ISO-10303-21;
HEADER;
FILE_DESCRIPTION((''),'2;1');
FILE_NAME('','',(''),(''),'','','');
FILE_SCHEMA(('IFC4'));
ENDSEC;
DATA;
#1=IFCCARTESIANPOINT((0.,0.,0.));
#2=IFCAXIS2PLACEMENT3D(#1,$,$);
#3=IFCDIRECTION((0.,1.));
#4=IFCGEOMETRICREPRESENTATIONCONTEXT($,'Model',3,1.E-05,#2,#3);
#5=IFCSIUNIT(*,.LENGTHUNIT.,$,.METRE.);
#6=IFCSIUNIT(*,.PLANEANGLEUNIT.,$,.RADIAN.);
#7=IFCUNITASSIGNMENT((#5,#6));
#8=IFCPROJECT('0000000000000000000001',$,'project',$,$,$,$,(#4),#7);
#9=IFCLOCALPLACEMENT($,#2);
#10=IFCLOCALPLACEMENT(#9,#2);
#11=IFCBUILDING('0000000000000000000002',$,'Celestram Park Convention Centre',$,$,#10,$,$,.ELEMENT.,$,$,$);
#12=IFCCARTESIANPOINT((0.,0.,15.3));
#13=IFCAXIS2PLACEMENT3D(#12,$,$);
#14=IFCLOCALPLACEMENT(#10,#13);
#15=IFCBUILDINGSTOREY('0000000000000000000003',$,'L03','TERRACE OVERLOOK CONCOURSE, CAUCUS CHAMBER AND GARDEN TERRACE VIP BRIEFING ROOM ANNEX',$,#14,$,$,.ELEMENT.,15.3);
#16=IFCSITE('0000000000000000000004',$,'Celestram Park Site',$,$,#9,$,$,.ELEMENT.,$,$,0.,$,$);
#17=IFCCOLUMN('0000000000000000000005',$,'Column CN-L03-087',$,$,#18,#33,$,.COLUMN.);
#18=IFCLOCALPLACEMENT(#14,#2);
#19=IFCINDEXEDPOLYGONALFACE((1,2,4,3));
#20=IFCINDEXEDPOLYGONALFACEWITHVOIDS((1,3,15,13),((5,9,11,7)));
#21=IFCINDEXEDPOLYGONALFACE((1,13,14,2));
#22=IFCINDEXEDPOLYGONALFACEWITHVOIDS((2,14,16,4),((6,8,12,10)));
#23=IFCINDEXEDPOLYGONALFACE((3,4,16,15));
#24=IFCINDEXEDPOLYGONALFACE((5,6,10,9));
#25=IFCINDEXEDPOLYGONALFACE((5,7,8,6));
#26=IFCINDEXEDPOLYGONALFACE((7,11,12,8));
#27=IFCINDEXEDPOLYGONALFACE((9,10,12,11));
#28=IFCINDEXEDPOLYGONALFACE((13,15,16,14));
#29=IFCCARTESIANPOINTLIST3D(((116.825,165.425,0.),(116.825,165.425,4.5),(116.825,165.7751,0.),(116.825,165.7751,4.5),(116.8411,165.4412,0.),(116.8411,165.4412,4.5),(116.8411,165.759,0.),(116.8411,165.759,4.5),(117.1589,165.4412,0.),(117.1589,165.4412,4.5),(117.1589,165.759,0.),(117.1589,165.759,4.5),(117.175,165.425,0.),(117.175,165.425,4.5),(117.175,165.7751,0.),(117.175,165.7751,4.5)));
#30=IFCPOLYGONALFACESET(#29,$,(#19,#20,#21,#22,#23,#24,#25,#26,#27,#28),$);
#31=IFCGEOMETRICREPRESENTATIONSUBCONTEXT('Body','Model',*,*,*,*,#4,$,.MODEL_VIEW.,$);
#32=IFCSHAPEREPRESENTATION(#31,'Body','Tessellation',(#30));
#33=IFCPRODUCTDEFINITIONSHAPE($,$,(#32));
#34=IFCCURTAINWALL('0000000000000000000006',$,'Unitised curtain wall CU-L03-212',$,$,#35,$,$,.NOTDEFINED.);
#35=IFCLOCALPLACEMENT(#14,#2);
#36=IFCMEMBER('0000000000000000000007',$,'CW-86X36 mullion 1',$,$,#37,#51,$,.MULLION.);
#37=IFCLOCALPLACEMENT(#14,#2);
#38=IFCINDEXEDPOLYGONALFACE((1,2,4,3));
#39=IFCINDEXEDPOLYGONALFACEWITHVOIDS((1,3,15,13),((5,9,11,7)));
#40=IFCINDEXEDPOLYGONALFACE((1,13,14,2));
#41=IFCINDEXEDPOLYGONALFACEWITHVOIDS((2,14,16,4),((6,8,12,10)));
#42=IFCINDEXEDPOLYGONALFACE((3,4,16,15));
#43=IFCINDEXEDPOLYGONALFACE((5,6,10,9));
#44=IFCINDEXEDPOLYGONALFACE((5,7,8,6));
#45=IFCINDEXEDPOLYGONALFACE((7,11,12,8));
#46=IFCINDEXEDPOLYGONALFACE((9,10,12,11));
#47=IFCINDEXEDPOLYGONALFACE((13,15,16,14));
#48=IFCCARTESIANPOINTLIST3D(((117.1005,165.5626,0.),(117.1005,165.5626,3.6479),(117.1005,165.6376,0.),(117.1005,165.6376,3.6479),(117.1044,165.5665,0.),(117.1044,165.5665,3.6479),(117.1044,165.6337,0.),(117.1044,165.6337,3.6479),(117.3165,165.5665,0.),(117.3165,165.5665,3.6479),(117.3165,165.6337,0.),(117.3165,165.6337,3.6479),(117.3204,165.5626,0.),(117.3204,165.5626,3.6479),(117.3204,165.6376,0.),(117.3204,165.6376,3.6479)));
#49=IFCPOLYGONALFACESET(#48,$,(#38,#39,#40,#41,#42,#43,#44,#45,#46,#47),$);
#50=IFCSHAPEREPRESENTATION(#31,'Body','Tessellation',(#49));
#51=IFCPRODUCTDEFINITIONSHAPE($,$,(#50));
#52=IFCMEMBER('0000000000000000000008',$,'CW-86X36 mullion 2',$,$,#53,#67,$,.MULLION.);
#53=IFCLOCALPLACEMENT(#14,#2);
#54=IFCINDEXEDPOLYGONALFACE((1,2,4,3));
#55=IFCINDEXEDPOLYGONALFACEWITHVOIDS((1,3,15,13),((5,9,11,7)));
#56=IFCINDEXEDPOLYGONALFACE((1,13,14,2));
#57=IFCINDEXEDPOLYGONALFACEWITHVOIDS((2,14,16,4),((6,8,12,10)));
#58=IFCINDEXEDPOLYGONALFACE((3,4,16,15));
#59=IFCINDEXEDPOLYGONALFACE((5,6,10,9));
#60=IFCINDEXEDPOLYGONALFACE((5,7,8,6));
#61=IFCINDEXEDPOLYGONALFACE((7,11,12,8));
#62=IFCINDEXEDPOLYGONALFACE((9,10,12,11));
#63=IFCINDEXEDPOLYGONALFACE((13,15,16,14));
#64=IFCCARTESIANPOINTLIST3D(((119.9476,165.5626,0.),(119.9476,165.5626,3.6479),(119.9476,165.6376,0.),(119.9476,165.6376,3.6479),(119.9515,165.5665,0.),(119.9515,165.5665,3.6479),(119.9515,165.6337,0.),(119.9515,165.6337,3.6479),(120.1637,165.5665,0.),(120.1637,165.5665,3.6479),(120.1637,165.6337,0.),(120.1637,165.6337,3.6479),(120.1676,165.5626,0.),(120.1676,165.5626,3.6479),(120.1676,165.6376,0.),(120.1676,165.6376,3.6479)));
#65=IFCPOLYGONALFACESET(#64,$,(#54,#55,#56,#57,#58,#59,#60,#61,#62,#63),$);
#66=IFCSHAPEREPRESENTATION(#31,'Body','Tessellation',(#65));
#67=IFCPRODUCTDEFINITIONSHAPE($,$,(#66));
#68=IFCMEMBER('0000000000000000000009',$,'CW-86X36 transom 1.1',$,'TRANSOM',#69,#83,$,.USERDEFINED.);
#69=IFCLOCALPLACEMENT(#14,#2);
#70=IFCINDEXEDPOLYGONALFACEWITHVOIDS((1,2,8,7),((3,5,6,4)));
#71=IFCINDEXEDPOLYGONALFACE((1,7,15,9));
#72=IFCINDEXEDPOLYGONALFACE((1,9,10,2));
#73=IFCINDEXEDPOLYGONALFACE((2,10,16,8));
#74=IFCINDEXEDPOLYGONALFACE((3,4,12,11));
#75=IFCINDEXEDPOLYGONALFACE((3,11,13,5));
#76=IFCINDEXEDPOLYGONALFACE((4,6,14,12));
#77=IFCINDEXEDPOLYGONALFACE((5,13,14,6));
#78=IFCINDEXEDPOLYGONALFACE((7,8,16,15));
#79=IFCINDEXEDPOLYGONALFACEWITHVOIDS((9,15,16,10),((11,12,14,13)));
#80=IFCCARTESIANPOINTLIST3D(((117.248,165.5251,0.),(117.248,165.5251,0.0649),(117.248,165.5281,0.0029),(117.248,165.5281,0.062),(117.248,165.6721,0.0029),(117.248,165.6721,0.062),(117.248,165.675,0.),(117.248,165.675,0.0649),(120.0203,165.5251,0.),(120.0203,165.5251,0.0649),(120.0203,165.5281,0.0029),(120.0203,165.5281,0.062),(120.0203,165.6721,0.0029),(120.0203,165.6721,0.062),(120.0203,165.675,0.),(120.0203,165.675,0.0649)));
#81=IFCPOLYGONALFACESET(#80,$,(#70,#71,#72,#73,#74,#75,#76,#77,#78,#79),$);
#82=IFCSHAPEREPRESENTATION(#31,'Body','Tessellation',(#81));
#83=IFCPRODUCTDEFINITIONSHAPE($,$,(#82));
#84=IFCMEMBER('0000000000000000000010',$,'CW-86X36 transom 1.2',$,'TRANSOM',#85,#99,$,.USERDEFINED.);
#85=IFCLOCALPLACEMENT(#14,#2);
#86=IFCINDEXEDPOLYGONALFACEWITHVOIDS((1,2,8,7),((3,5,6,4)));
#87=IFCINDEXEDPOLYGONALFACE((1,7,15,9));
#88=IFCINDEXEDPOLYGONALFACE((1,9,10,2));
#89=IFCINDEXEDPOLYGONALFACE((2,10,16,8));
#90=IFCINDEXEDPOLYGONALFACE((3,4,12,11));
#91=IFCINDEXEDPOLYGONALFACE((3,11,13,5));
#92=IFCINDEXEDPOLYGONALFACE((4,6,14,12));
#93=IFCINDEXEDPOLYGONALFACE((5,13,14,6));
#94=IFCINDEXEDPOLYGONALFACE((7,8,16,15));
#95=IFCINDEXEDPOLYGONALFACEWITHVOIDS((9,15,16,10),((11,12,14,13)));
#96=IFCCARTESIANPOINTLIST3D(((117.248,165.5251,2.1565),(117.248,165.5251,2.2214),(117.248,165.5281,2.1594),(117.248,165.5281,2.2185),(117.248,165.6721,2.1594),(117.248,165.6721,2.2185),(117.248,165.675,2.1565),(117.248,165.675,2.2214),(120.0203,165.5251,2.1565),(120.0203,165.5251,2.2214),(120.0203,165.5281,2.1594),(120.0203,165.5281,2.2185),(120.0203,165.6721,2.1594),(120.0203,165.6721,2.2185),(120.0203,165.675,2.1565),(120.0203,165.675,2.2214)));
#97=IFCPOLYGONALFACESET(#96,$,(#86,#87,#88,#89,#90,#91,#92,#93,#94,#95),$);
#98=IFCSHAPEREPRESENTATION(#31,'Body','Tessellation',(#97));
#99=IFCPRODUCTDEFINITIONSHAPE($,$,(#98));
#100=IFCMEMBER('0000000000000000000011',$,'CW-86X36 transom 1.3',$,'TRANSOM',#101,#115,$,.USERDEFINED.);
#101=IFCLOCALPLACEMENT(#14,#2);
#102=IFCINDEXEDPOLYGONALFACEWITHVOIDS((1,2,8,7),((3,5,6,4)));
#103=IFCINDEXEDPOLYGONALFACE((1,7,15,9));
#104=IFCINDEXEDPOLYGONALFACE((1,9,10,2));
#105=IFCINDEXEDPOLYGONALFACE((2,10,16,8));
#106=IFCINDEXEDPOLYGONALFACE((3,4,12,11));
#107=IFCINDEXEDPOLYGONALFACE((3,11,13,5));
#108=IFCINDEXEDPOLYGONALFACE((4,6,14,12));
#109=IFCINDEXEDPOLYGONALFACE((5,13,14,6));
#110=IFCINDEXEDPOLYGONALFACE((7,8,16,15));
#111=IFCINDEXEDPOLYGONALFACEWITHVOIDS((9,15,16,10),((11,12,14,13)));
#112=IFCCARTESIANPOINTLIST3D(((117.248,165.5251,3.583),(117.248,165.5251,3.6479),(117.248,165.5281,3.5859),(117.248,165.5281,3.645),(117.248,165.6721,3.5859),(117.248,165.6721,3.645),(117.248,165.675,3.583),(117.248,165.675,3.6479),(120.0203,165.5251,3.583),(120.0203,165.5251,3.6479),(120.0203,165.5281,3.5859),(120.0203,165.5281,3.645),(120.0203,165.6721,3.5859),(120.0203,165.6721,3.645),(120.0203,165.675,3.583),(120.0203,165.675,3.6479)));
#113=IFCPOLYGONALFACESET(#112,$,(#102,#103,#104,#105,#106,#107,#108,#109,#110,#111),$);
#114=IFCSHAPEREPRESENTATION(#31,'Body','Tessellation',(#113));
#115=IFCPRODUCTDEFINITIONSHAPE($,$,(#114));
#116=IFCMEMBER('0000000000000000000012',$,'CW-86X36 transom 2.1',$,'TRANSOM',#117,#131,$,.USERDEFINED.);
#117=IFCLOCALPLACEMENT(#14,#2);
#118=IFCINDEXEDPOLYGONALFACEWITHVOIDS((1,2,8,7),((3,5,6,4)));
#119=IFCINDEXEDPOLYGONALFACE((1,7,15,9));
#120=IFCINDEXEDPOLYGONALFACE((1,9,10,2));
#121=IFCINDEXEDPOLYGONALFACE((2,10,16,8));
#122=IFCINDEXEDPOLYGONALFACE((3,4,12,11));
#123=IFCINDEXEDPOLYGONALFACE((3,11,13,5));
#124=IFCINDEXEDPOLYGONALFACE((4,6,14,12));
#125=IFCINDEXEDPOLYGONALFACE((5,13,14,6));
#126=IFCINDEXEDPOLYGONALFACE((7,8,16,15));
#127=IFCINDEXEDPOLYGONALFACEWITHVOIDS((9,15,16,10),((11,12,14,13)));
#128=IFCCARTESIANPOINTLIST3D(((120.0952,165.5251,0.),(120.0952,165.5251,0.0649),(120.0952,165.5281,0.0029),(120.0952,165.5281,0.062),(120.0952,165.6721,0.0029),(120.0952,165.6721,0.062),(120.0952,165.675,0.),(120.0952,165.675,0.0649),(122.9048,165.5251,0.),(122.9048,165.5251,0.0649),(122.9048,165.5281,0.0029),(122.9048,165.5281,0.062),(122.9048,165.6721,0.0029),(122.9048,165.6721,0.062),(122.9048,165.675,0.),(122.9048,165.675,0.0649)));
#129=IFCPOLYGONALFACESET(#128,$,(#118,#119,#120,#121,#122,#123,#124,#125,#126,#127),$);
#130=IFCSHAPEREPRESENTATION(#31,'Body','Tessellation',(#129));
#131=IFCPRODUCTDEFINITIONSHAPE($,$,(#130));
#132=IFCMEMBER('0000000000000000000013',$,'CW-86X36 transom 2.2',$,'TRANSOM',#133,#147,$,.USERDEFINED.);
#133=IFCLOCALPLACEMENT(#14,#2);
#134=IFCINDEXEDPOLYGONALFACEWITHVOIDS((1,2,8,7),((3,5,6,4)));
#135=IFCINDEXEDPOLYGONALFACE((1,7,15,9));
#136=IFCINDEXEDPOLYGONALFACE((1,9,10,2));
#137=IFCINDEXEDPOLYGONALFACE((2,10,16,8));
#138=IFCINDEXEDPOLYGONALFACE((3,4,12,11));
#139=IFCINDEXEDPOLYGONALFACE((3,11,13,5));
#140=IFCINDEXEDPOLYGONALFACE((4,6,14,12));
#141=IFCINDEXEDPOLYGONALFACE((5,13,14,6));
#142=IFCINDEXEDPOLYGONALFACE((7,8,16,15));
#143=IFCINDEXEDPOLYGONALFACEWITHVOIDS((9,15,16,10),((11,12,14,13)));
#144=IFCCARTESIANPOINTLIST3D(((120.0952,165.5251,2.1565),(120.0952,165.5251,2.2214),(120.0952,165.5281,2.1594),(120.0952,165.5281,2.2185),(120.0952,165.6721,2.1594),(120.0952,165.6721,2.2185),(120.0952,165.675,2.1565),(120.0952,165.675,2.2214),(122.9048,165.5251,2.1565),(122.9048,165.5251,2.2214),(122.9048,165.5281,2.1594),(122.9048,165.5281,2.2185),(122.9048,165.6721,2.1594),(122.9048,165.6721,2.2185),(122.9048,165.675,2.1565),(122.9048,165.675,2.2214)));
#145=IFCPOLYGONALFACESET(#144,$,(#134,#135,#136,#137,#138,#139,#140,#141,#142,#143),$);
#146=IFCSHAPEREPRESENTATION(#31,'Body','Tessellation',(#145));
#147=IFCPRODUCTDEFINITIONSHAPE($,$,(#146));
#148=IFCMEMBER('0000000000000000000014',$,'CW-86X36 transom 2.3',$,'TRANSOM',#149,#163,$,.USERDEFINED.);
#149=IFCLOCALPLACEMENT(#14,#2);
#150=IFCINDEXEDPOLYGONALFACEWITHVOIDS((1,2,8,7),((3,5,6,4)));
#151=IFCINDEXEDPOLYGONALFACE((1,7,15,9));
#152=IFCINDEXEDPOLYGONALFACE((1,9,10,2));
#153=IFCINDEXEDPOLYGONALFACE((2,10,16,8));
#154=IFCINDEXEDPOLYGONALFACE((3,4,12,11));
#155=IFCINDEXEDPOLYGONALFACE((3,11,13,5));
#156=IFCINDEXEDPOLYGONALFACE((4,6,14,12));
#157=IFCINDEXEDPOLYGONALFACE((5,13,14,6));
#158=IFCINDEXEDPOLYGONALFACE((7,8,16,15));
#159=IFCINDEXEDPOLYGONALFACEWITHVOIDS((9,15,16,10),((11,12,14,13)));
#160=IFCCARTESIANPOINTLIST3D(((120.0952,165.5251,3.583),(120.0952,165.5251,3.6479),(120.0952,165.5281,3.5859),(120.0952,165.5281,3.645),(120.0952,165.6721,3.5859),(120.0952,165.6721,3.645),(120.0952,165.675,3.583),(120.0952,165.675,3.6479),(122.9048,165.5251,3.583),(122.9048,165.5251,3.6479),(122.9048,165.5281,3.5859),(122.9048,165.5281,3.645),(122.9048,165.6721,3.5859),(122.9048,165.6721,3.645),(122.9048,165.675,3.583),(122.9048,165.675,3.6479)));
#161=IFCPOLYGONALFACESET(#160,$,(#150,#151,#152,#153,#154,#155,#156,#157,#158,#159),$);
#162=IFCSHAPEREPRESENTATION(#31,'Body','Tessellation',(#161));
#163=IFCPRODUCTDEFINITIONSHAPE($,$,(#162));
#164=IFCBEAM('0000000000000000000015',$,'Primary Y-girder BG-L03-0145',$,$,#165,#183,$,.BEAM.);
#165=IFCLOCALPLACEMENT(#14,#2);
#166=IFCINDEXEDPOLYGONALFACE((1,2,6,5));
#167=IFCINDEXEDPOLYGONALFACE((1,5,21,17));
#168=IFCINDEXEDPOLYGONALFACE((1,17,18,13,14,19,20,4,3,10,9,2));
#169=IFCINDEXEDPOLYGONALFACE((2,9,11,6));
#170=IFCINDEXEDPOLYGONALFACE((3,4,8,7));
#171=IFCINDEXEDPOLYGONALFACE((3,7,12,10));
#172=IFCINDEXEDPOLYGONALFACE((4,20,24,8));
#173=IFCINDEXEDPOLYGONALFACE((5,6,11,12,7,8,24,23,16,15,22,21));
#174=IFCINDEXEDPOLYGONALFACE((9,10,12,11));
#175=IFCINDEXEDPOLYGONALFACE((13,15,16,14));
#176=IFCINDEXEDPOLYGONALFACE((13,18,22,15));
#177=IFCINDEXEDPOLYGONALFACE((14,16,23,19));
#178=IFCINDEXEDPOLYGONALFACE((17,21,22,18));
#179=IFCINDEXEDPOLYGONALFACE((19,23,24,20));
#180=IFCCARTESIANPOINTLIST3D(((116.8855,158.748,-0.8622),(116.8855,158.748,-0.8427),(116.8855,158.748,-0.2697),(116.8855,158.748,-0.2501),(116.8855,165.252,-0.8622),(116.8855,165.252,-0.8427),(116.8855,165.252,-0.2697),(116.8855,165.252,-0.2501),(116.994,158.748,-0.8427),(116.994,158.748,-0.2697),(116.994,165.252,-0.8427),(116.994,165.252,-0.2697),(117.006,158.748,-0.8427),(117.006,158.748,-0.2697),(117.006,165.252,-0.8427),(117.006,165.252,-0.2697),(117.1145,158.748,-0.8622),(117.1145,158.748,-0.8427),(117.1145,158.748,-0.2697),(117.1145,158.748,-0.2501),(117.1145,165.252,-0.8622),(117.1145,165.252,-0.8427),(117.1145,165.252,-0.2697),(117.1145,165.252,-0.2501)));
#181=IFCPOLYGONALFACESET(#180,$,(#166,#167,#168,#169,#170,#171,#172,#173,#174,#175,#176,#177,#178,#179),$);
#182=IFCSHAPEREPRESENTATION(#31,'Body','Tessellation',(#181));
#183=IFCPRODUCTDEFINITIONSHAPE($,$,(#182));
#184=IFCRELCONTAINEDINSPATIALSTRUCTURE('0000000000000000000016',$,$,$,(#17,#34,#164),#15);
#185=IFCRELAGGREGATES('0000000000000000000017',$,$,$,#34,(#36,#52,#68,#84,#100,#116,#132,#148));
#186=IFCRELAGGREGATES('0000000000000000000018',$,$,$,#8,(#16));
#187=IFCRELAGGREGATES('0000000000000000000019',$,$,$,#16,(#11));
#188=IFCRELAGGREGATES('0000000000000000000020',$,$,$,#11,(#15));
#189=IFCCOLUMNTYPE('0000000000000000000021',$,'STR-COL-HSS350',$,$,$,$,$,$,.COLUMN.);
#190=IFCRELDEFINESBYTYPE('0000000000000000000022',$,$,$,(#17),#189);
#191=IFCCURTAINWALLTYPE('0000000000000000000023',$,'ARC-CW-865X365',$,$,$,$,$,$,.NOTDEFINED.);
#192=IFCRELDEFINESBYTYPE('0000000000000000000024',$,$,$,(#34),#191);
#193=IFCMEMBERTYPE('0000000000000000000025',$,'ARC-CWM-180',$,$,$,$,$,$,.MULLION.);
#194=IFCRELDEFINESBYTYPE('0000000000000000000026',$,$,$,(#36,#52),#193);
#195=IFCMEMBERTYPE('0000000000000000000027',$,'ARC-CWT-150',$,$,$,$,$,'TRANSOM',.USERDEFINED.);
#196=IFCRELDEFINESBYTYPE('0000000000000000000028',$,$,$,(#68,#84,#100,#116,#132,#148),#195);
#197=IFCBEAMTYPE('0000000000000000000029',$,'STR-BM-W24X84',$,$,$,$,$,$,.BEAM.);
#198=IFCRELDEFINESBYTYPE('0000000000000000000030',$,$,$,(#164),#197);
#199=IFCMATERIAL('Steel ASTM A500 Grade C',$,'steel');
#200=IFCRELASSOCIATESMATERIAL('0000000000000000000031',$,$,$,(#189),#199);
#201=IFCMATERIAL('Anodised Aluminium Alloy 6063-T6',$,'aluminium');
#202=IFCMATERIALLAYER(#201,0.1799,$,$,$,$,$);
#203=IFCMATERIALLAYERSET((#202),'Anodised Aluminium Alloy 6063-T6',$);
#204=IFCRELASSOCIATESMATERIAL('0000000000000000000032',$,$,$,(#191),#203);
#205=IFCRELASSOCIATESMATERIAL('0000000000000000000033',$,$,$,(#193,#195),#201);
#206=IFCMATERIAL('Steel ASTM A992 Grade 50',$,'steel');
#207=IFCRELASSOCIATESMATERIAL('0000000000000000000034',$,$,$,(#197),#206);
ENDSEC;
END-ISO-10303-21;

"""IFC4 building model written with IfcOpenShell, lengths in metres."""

from ifc_helpers import new_model, si_unit, direction, frame, origin, origin_2d, place, context, subcontext, project, spatial, hollow_rectangle, i_section, extrude, material, layer, layer_set, material_profile, profile_set, type_object, element, aggregate, save


model = new_model("IFC4")

# Units and contexts
model_context = context("Model", 3, precision=1e-05, world=origin(), true_north=direction((0.0, 1.0)))
body_context = subcontext(model_context, "Body", "Model", "MODEL_VIEW")
ifc_project = project(units=[si_unit("LENGTHUNIT", "METRE"), si_unit("PLANEANGLEUNIT", "RADIAN")], contexts=[model_context])

# Site, building, storey
site_placement = place(None, origin())
site = spatial("IfcSite", under=ifc_project, at=site_placement, Name="Celestram Park Site", CompositionType="ELEMENT", RefElevation=0.0)
building_placement = place(site_placement, origin())
building = spatial("IfcBuilding", under=site, at=building_placement, Name="Celestram Park Convention Centre", CompositionType="ELEMENT")
storey_placement = place(building_placement, frame((0.0, 0.0, 15.3)))
storey = spatial("IfcBuildingStorey", under=building, at=storey_placement, Name="L03", Description="TERRACE OVERLOOK CONCOURSE, CAUCUS CHAMBER AND GARDEN TERRACE VIP BRIEFING ROOM ANNEX", CompositionType="ELEMENT", Elevation=15.3)

# Column
ifc_material_1 = material(Name="Steel ASTM A500 Grade C", Category="steel")
ifc_material_profile_1 = material_profile(ifc_material_1, hollow_rectangle(XDim=0.3501, YDim=0.3501, WallThickness=0.0161, at=origin_2d()), Name="HSS350X350X16")
ifc_profile_set_1 = profile_set([ifc_material_profile_1], Name="Steel ASTM A500 Grade C")
column_type = type_object("IfcColumnType", Name="STR-COL-HSS350", PredefinedType="COLUMN", material=ifc_profile_set_1)
column_placement = place(storey_placement, frame((117.0, 165.6001, 0.0), z_axis=(0.0, 0.0, 1.0), x_axis=(1.0, 0.0, 0.0)))
element("IfcColumn", 1, at=column_placement, inside=storey, type_object=column_type, Name="Column CN-L03-087", PredefinedType="COLUMN", context=body_context, shape_type="SweptSolid", body=[
    extrude(hollow_rectangle(XDim=0.3501, YDim=0.3501, WallThickness=0.0161, at=origin_2d()), origin(), (0.0, 0.0, 1.0), 4.5),
])

# Curtain wall, members
ifc_material_2 = material(Name="Anodised Aluminium Alloy 6063-T6", Category="aluminium")
ifc_layer_1 = layer(ifc_material_2, 0.1799)
ifc_layer_set_1 = layer_set([ifc_layer_1], Name="Anodised Aluminium Alloy 6063-T6")
curtain_wall_type = type_object("IfcCurtainWallType", Name="ARC-CW-865X365", PredefinedType="NOTDEFINED", material=ifc_layer_set_1)
curtain_wall_placement = place(storey_placement, origin())
curtain_wall = element("IfcCurtainWall", 2, at=curtain_wall_placement, inside=storey, type_object=curtain_wall_type, Name="Unitised curtain wall CU-L03-212", PredefinedType="NOTDEFINED")
ifc_material_profile_2 = material_profile(ifc_material_2, hollow_rectangle(XDim=0.075, YDim=0.22, WallThickness=0.0039, at=origin_2d()), Name="ALU75X220X4")
ifc_profile_set_2 = profile_set([ifc_material_profile_2], Name="Anodised Aluminium Alloy 6063-T6")
member_type_1 = type_object("IfcMemberType", Name="ARC-CWM-180", PredefinedType="MULLION", material=ifc_profile_set_2)
member_1_placement = place(storey_placement, frame((117.2104, 165.6001, 0.0), z_axis=(0.0, 0.0, 1.0), x_axis=(0.0, 1.0, 0.0)))
member_1 = element("IfcMember", 3, at=member_1_placement, type_object=member_type_1, Name="CW-86X36 mullion 1", PredefinedType="MULLION", context=body_context, shape_type="SweptSolid", body=[
    extrude(hollow_rectangle(XDim=0.075, YDim=0.22, WallThickness=0.0039, at=origin_2d()), origin(), (0.0, 0.0, 1.0), 3.6479),
])
member_2_placement = place(storey_placement, frame((120.0576, 165.6001, 0.0), z_axis=(0.0, 0.0, 1.0), x_axis=(0.0, 1.0, 0.0)))
member_2 = element("IfcMember", 4, at=member_2_placement, type_object=member_type_1, Name="CW-86X36 mullion 2", PredefinedType="MULLION", context=body_context, shape_type="SweptSolid", body=[
    extrude(hollow_rectangle(XDim=0.075, YDim=0.22, WallThickness=0.0039, at=origin_2d()), origin(), (0.0, 0.0, 1.0), 3.6479),
])
ifc_material_profile_3 = material_profile(ifc_material_2, hollow_rectangle(XDim=0.1499, YDim=0.0649, WallThickness=0.0029, at=origin_2d()), Name="ALU150X65X3")
ifc_profile_set_3 = profile_set([ifc_material_profile_3], Name="Anodised Aluminium Alloy 6063-T6")
member_type_2 = type_object("IfcMemberType", Name="ARC-CWT-150", ElementType="TRANSOM", PredefinedType="USERDEFINED", material=ifc_profile_set_3)
member_3_placement = place(storey_placement, frame((117.248, 165.6001, 0.0325), z_axis=(1.0, 0.0, 0.0), x_axis=(0.0, 1.0, 0.0)))
member_3 = element("IfcMember", 5, at=member_3_placement, type_object=member_type_2, Name="CW-86X36 transom 1.1", ObjectType="TRANSOM", PredefinedType="USERDEFINED", context=body_context, shape_type="SweptSolid", body=[
    extrude(hollow_rectangle(XDim=0.1499, YDim=0.0649, WallThickness=0.0029, at=origin_2d()), origin(), (0.0, 0.0, 1.0), 2.7722),
])
member_4_placement = place(storey_placement, frame((117.248, 165.6001, 2.189), z_axis=(1.0, 0.0, 0.0), x_axis=(0.0, 1.0, 0.0)))
member_4 = element("IfcMember", 6, at=member_4_placement, type_object=member_type_2, Name="CW-86X36 transom 1.2", ObjectType="TRANSOM", PredefinedType="USERDEFINED", context=body_context, shape_type="SweptSolid", body=[
    extrude(hollow_rectangle(XDim=0.1499, YDim=0.0649, WallThickness=0.0029, at=origin_2d()), origin(), (0.0, 0.0, 1.0), 2.7722),
])
member_5_placement = place(storey_placement, frame((117.248, 165.6001, 3.6155), z_axis=(1.0, 0.0, 0.0), x_axis=(0.0, 1.0, 0.0)))
member_5 = element("IfcMember", 7, at=member_5_placement, type_object=member_type_2, Name="CW-86X36 transom 1.3", ObjectType="TRANSOM", PredefinedType="USERDEFINED", context=body_context, shape_type="SweptSolid", body=[
    extrude(hollow_rectangle(XDim=0.1499, YDim=0.0649, WallThickness=0.0029, at=origin_2d()), origin(), (0.0, 0.0, 1.0), 2.7722),
])
member_6_placement = place(storey_placement, frame((120.0952, 165.6001, 0.0325), z_axis=(1.0, 0.0, 0.0), x_axis=(0.0, 1.0, 0.0)))
member_6 = element("IfcMember", 8, at=member_6_placement, type_object=member_type_2, Name="CW-86X36 transom 2.1", ObjectType="TRANSOM", PredefinedType="USERDEFINED", context=body_context, shape_type="SweptSolid", body=[
    extrude(hollow_rectangle(XDim=0.1499, YDim=0.0649, WallThickness=0.0029, at=origin_2d()), origin(), (0.0, 0.0, 1.0), 2.8096),
])
member_7_placement = place(storey_placement, frame((120.0952, 165.6001, 2.189), z_axis=(1.0, 0.0, 0.0), x_axis=(0.0, 1.0, 0.0)))
member_7 = element("IfcMember", 9, at=member_7_placement, type_object=member_type_2, Name="CW-86X36 transom 2.2", ObjectType="TRANSOM", PredefinedType="USERDEFINED", context=body_context, shape_type="SweptSolid", body=[
    extrude(hollow_rectangle(XDim=0.1499, YDim=0.0649, WallThickness=0.0029, at=origin_2d()), origin(), (0.0, 0.0, 1.0), 2.8096),
])
member_8_placement = place(storey_placement, frame((120.0952, 165.6001, 3.6155), z_axis=(1.0, 0.0, 0.0), x_axis=(0.0, 1.0, 0.0)))
member_8 = element("IfcMember", 10, at=member_8_placement, type_object=member_type_2, Name="CW-86X36 transom 2.3", ObjectType="TRANSOM", PredefinedType="USERDEFINED", context=body_context, shape_type="SweptSolid", body=[
    extrude(hollow_rectangle(XDim=0.1499, YDim=0.0649, WallThickness=0.0029, at=origin_2d()), origin(), (0.0, 0.0, 1.0), 2.8096),
])

# Beam
ifc_material_3 = material(Name="Steel ASTM A992 Grade 50", Category="steel")
ifc_material_profile_4 = material_profile(ifc_material_3, i_section(OverallWidth=0.229, OverallDepth=0.6121, WebThickness=0.012, FlangeThickness=0.0195, at=origin_2d()), Name="W24X84")
ifc_profile_set_4 = profile_set([ifc_material_profile_4], Name="Steel ASTM A992 Grade 50")
beam_type_1 = type_object("IfcBeamType", Name="STR-BM-W24X84", PredefinedType="BEAM", material=ifc_profile_set_4)
beam_1_placement = place(storey_placement, frame((117.0, 158.748, -0.5562), z_axis=(0.0, 1.0, 0.0), x_axis=(-1.0, 0.0, 0.0)))
element("IfcBeam", 11, at=beam_1_placement, inside=storey, type_object=beam_type_1, Name="Primary Y-girder BG-L03-0145", PredefinedType="BEAM", context=body_context, shape_type="SweptSolid", body=[
    extrude(i_section(OverallWidth=0.229, OverallDepth=0.6121, WebThickness=0.012, FlangeThickness=0.0195, at=origin_2d()), origin(), (0.0, 0.0, 1.0), 6.5039),
])

aggregate(curtain_wall, [member_1, member_2, member_3, member_4, member_5, member_6, member_7, member_8])

save(model, "model.ifc")
